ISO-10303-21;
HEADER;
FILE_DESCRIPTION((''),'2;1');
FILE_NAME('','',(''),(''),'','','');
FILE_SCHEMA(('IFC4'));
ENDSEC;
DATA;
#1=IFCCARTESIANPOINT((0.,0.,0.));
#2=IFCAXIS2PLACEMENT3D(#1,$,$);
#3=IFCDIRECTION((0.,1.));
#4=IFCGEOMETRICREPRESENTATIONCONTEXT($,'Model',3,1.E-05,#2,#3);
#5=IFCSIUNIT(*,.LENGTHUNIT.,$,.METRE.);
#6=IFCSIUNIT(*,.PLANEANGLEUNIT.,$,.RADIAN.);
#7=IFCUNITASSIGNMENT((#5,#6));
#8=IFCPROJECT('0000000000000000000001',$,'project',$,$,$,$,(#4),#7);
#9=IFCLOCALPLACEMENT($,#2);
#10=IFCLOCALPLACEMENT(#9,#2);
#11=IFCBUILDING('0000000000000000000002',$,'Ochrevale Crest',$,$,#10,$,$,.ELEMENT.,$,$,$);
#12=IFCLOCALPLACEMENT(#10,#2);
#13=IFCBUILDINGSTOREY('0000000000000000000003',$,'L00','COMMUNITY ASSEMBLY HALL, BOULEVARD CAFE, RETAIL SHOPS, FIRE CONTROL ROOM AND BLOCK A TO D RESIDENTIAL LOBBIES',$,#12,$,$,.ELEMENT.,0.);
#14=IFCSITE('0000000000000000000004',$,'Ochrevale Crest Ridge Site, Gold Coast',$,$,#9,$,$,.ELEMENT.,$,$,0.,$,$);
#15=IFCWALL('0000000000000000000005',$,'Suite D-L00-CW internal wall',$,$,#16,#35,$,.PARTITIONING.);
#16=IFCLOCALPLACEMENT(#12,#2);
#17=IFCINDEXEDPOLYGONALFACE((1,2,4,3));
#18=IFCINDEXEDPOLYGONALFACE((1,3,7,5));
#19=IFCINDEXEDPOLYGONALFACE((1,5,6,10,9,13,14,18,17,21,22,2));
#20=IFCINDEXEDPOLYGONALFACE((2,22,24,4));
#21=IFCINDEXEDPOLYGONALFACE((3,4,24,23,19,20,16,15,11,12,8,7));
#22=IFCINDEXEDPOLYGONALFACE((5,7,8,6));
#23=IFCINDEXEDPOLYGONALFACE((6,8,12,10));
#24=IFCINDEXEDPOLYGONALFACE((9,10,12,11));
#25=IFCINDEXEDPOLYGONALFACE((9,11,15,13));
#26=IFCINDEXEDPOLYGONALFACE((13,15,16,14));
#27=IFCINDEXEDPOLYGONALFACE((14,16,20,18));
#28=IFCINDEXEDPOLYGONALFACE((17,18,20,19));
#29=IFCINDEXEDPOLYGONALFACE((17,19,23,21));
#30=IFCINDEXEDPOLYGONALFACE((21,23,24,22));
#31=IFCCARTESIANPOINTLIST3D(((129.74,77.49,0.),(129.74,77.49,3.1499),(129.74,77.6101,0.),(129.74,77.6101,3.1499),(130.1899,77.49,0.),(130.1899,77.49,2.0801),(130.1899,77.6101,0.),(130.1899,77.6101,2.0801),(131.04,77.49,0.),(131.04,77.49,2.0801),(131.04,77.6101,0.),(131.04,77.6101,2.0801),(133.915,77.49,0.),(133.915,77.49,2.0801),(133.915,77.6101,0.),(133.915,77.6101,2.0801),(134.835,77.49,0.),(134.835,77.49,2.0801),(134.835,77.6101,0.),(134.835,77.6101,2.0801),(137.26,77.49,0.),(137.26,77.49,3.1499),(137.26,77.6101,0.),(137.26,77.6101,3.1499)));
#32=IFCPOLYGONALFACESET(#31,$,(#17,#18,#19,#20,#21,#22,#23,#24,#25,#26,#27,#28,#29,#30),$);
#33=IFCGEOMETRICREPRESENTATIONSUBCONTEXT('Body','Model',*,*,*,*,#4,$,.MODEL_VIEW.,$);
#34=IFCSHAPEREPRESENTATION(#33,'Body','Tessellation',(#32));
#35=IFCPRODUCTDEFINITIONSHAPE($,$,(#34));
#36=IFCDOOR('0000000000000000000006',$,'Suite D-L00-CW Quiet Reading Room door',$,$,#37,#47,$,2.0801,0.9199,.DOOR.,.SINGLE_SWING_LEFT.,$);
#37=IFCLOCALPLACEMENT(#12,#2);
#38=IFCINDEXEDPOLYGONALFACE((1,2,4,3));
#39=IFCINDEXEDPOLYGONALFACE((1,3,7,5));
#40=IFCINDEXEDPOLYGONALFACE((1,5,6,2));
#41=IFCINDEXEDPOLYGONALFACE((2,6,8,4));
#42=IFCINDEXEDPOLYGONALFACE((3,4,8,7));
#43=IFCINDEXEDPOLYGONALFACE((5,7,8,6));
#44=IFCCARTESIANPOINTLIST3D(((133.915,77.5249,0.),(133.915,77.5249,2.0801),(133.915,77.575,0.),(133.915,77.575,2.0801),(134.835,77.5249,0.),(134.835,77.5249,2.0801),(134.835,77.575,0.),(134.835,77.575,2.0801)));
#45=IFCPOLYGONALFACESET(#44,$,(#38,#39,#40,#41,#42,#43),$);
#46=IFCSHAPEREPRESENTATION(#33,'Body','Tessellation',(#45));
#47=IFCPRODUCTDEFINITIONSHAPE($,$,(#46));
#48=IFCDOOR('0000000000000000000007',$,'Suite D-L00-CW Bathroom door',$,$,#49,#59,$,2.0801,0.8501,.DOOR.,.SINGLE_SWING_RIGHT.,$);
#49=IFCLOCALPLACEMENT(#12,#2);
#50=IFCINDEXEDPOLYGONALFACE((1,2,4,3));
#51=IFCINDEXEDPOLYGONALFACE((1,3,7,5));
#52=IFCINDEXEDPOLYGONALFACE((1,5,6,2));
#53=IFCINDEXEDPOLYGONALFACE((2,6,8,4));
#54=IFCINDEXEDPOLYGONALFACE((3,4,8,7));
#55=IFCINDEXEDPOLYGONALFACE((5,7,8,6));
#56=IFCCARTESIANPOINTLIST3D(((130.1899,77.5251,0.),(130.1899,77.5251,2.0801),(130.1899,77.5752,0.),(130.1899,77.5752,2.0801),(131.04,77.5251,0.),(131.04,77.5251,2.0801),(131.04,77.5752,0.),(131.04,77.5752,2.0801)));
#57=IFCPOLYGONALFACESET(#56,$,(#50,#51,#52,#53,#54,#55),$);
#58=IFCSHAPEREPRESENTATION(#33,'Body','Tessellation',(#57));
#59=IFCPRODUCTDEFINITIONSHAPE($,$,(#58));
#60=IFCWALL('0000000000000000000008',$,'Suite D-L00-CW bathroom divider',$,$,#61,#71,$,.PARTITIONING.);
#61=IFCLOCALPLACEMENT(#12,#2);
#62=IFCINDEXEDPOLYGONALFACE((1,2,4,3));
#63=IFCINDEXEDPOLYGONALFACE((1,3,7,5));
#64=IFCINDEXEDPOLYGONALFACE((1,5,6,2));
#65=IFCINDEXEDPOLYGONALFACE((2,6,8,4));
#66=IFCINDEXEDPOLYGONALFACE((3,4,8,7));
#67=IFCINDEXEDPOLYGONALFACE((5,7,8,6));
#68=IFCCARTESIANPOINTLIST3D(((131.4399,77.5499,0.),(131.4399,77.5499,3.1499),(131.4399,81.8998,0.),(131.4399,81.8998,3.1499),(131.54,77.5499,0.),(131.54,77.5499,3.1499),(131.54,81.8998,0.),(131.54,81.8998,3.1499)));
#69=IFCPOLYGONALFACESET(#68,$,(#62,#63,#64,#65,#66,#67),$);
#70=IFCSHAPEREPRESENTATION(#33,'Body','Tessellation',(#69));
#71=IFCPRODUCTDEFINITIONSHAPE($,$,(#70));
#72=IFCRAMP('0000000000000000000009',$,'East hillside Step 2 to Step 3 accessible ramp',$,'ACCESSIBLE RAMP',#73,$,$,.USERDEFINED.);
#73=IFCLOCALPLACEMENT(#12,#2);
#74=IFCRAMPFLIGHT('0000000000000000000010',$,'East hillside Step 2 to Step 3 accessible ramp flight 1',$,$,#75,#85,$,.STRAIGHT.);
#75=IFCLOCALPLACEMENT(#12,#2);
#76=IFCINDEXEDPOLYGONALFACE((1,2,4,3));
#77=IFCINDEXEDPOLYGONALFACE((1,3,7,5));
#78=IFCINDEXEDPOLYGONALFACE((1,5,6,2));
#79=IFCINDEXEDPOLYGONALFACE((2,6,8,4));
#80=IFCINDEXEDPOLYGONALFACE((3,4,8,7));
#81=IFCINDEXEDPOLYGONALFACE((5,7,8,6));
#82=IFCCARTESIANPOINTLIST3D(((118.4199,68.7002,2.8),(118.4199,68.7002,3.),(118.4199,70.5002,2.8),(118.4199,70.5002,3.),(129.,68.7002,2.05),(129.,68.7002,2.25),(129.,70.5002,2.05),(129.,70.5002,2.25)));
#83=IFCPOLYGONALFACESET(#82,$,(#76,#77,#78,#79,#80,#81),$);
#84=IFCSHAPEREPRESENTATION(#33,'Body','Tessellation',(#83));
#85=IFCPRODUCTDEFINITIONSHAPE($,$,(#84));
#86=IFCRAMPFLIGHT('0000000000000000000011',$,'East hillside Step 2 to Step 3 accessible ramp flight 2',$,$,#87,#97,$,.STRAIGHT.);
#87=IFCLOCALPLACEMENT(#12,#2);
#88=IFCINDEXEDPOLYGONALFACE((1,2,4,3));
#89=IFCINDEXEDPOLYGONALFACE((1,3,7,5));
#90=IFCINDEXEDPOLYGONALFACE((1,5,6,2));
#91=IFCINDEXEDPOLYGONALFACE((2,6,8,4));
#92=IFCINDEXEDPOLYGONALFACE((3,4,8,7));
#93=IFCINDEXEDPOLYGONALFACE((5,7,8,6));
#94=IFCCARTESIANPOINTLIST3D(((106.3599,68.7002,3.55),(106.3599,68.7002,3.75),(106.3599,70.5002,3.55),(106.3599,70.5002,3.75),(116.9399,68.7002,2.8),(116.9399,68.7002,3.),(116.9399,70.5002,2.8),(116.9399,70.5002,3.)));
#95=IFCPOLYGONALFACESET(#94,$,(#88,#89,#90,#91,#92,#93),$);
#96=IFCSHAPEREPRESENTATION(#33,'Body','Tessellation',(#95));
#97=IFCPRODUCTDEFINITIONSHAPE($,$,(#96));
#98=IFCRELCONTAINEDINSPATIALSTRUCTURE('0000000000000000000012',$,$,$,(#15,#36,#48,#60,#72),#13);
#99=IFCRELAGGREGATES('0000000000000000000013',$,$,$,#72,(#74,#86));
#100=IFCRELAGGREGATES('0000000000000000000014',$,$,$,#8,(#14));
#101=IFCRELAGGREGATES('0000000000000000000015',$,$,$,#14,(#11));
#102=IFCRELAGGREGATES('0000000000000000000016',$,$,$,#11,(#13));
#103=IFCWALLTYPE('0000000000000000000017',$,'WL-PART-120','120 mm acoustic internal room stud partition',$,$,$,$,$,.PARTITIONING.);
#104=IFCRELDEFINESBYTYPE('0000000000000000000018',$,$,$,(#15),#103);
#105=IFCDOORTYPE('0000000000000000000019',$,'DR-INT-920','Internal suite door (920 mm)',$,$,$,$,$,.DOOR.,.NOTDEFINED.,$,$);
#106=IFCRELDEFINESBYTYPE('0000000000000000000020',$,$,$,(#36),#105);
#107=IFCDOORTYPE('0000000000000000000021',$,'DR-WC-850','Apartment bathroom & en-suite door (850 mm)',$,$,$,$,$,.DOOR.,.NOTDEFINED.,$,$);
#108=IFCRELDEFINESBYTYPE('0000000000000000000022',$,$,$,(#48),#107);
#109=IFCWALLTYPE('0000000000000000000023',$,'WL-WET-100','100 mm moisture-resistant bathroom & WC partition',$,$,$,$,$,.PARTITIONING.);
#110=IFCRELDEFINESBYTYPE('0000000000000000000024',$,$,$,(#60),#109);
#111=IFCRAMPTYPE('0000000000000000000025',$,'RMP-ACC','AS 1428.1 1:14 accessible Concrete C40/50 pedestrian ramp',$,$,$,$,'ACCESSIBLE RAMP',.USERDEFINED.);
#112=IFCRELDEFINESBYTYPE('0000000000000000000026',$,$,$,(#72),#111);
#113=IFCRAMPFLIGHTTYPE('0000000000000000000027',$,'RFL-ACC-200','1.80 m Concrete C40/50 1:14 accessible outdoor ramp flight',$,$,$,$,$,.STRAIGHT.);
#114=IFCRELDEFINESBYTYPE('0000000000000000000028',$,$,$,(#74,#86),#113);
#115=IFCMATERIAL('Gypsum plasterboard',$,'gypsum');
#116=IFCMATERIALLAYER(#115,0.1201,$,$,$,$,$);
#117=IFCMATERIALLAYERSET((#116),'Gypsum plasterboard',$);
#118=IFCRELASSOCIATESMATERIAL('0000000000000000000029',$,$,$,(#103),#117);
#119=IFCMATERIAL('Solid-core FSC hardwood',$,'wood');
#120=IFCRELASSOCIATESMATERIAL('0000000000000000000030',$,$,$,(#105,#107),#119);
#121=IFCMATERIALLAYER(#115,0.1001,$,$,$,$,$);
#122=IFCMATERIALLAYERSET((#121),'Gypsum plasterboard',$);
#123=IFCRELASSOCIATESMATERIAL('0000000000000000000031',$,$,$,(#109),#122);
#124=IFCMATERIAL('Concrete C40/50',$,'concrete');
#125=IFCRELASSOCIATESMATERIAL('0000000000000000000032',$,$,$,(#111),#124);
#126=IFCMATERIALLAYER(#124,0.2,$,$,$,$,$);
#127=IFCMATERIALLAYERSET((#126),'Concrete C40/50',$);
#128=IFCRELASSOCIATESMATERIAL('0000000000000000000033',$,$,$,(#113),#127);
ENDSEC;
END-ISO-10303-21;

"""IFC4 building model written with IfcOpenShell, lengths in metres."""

from ifc_helpers import new_model, si_unit, direction, frame, frame_2d, origin, place, context, subcontext, project, spatial, polyline, rectangle, outline, extrude, material, layer, layer_set, type_object, element, fill, aggregate, save


model = new_model("IFC4")

# Units and contexts
model_context = context("Model", 3, precision=1e-05, world=origin(), true_north=direction((0.0, 1.0)))
body_context = subcontext(model_context, "Body", "Model", "MODEL_VIEW")
ifc_project = project(units=[si_unit("LENGTHUNIT", "METRE"), si_unit("PLANEANGLEUNIT", "RADIAN")], contexts=[model_context])

# Site, building, storey
site_placement = place(None, origin())
site = spatial("IfcSite", under=ifc_project, at=site_placement, Name="Ochrevale Crest Ridge Site, Gold Coast", CompositionType="ELEMENT", RefElevation=0.0)
building_placement = place(site_placement, origin())
building = spatial("IfcBuilding", under=site, at=building_placement, Name="Ochrevale Crest", CompositionType="ELEMENT")
storey_placement = place(building_placement, origin())
storey = spatial("IfcBuildingStorey", under=building, at=storey_placement, Name="L00", Description="COMMUNITY ASSEMBLY HALL, BOULEVARD CAFE, RETAIL SHOPS, FIRE CONTROL ROOM AND BLOCK A TO D RESIDENTIAL LOBBIES", CompositionType="ELEMENT", Elevation=0.0)

# Wall, openings, doors
ifc_material_1 = material(Name="Gypsum plasterboard", Category="gypsum")
ifc_layer_1 = layer(ifc_material_1, 0.1201)
ifc_layer_set_1 = layer_set([ifc_layer_1], Name="Gypsum plasterboard")
wall_type_1 = type_object("IfcWallType", Name="WL-PART-120", Description="120 mm acoustic internal room stud partition", PredefinedType="PARTITIONING", material=ifc_layer_set_1)
wall_1_placement = place(storey_placement, frame((129.74, 77.55, 0.0), z_axis=(0.0, 0.0, 1.0), x_axis=(1.0, 0.0, 0.0)))
wall_1 = element("IfcWall", 1, at=wall_1_placement, inside=storey, type_object=wall_type_1, Name="Suite D-L00-CW internal wall", PredefinedType="PARTITIONING", context=body_context, shape_type="SweptSolid", body=[
    extrude(rectangle(XDim=7.52, YDim=0.1201, at=frame_2d((3.76, 0.0))), origin(), (0.0, 0.0, 1.0), 3.1499),
])
opening_1_placement = place(wall_1_placement, frame((1.3, 0.0, 0.0), z_axis=(0.0, 0.0, 1.0), x_axis=(-1.0, 0.0, 0.0)))
opening_1 = element("IfcOpeningElement", 2, at=opening_1_placement, cuts=wall_1, PredefinedType="OPENING", context=body_context, shape_type="SweptSolid", body=[
    extrude(rectangle(XDim=0.8501, YDim=2.0801, at=frame_2d((0.425, 1.04))), frame((0.0, 0.0701, 0.0), z_axis=(0.0, -1.0, 0.0), x_axis=(1.0, 0.0, 0.0)), (0.0, 0.0, 1.0), 0.1401),
])
opening_2_placement = place(wall_1_placement, frame((4.175, 0.0, 0.0)))
opening_2 = element("IfcOpeningElement", 3, at=opening_2_placement, cuts=wall_1, PredefinedType="OPENING", context=body_context, shape_type="SweptSolid", body=[
    extrude(rectangle(XDim=0.9199, YDim=2.0801, at=frame_2d((0.46, 1.04))), frame((0.0, 0.0701, 0.0), z_axis=(0.0, -1.0, 0.0), x_axis=(1.0, 0.0, 0.0)), (0.0, 0.0, 1.0), 0.1401),
])
ifc_material_2 = material(Name="Solid-core FSC hardwood", Category="wood")
door_type_1 = type_object("IfcDoorType", Name="DR-INT-920", Description="Internal suite door (920 mm)", OperationType="NOTDEFINED", PredefinedType="DOOR", material=ifc_material_2)
door_1_placement = place(opening_2_placement, origin())
door_1 = element("IfcDoor", 4, at=door_1_placement, inside=storey, type_object=door_type_1, Name="Suite D-L00-CW Quiet Reading Room door", OperationType="SINGLE_SWING_LEFT", OverallHeight=2.0801, OverallWidth=0.9199, PredefinedType="DOOR", context=body_context, shape_type="SweptSolid", body=[
    extrude(rectangle(XDim=0.9199, YDim=2.0801, at=frame_2d((0.46, 1.04))), frame((0.0, 0.0249, 0.0), z_axis=(0.0, -1.0, 0.0), x_axis=(1.0, 0.0, 0.0)), (0.0, 0.0, 1.0), 0.05),
])
fill(opening_2, door_1)
door_type_2 = type_object("IfcDoorType", Name="DR-WC-850", Description="Apartment bathroom & en-suite door (850 mm)", OperationType="NOTDEFINED", PredefinedType="DOOR", material=ifc_material_2)
door_2_placement = place(opening_1_placement, origin())
door_2 = element("IfcDoor", 5, at=door_2_placement, inside=storey, type_object=door_type_2, Name="Suite D-L00-CW Bathroom door", OperationType="SINGLE_SWING_RIGHT", OverallHeight=2.0801, OverallWidth=0.8501, PredefinedType="DOOR", context=body_context, shape_type="SweptSolid", body=[
    extrude(rectangle(XDim=0.8501, YDim=2.0801, at=frame_2d((0.425, 1.04))), frame((0.0, 0.0249, 0.0), z_axis=(0.0, -1.0, 0.0), x_axis=(1.0, 0.0, 0.0)), (0.0, 0.0, 1.0), 0.05),
])
fill(opening_1, door_2)

# Wall
ifc_layer_2 = layer(ifc_material_1, 0.1001)
ifc_layer_set_2 = layer_set([ifc_layer_2], Name="Gypsum plasterboard")
wall_type_2 = type_object("IfcWallType", Name="WL-WET-100", Description="100 mm moisture-resistant bathroom & WC partition", PredefinedType="PARTITIONING", material=ifc_layer_set_2)
wall_2_placement = place(storey_placement, frame((131.49, 77.55, 0.0), z_axis=(0.0, 0.0, 1.0), x_axis=(0.0, 1.0, 0.0)))
element("IfcWall", 6, at=wall_2_placement, inside=storey, type_object=wall_type_2, Name="Suite D-L00-CW bathroom divider", PredefinedType="PARTITIONING", context=body_context, shape_type="SweptSolid", body=[
    extrude(rectangle(XDim=4.3499, YDim=0.1001, at=frame_2d((2.1748, 0.0))), origin(), (0.0, 0.0, 1.0), 3.1499),
])

# Ramp, ramp flights
ifc_material_3 = material(Name="Concrete C40/50", Category="concrete")
ramp_type = type_object("IfcRampType", Name="RMP-ACC", Description="AS 1428.1 1:14 accessible Concrete C40/50 pedestrian ramp", ElementType="ACCESSIBLE RAMP", PredefinedType="USERDEFINED", material=ifc_material_3)
ramp_placement = place(storey_placement, origin())
ramp = element("IfcRamp", 7, at=ramp_placement, inside=storey, type_object=ramp_type, Name="East hillside Step 2 to Step 3 accessible ramp", ObjectType="ACCESSIBLE RAMP", PredefinedType="USERDEFINED")
ifc_layer_3 = layer(ifc_material_3, 0.2)
ifc_layer_set_3 = layer_set([ifc_layer_3], Name="Concrete C40/50")
ramp_flight_type = type_object("IfcRampFlightType", Name="RFL-ACC-200", Description="1.80 m Concrete C40/50 1:14 accessible outdoor ramp flight", PredefinedType="STRAIGHT", material=ifc_layer_set_3)
ramp_flight_1_placement = place(storey_placement, frame((129.0, 69.6001, 2.25), z_axis=(0.0, 0.0, 1.0), x_axis=(-1.0, 0.0, 0.0)))
ramp_flight_1 = element("IfcRampFlight", 8, at=ramp_flight_1_placement, type_object=ramp_flight_type, Name="East hillside Step 2 to Step 3 accessible ramp flight 1", PredefinedType="STRAIGHT", context=body_context, shape_type="SweptSolid", body=[
    extrude(outline(polyline([(0.0, -0.2), (10.5801, 0.55), (10.5801, 0.75), (0.0, 0.0), (0.0, -0.2)])), frame((0.0, 0.8999, 0.0), z_axis=(0.0, -1.0, 0.0), x_axis=(1.0, 0.0, 0.0)), (0.0, 0.0, 1.0), 1.8),
])
ramp_flight_2_placement = place(storey_placement, frame((116.9399, 69.6001, 3.0), z_axis=(0.0, 0.0, 1.0), x_axis=(-1.0, 0.0, 0.0)))
ramp_flight_2 = element("IfcRampFlight", 9, at=ramp_flight_2_placement, type_object=ramp_flight_type, Name="East hillside Step 2 to Step 3 accessible ramp flight 2", PredefinedType="STRAIGHT", context=body_context, shape_type="SweptSolid", body=[
    extrude(outline(polyline([(0.0, -0.2), (10.5801, 0.55), (10.5801, 0.75), (0.0, 0.0), (0.0, -0.2)])), frame((0.0, 0.8999, 0.0), z_axis=(0.0, -1.0, 0.0), x_axis=(1.0, 0.0, 0.0)), (0.0, 0.0, 1.0), 1.8),
])
aggregate(ramp, [ramp_flight_1, ramp_flight_2])

save(model, "model.ifc")
